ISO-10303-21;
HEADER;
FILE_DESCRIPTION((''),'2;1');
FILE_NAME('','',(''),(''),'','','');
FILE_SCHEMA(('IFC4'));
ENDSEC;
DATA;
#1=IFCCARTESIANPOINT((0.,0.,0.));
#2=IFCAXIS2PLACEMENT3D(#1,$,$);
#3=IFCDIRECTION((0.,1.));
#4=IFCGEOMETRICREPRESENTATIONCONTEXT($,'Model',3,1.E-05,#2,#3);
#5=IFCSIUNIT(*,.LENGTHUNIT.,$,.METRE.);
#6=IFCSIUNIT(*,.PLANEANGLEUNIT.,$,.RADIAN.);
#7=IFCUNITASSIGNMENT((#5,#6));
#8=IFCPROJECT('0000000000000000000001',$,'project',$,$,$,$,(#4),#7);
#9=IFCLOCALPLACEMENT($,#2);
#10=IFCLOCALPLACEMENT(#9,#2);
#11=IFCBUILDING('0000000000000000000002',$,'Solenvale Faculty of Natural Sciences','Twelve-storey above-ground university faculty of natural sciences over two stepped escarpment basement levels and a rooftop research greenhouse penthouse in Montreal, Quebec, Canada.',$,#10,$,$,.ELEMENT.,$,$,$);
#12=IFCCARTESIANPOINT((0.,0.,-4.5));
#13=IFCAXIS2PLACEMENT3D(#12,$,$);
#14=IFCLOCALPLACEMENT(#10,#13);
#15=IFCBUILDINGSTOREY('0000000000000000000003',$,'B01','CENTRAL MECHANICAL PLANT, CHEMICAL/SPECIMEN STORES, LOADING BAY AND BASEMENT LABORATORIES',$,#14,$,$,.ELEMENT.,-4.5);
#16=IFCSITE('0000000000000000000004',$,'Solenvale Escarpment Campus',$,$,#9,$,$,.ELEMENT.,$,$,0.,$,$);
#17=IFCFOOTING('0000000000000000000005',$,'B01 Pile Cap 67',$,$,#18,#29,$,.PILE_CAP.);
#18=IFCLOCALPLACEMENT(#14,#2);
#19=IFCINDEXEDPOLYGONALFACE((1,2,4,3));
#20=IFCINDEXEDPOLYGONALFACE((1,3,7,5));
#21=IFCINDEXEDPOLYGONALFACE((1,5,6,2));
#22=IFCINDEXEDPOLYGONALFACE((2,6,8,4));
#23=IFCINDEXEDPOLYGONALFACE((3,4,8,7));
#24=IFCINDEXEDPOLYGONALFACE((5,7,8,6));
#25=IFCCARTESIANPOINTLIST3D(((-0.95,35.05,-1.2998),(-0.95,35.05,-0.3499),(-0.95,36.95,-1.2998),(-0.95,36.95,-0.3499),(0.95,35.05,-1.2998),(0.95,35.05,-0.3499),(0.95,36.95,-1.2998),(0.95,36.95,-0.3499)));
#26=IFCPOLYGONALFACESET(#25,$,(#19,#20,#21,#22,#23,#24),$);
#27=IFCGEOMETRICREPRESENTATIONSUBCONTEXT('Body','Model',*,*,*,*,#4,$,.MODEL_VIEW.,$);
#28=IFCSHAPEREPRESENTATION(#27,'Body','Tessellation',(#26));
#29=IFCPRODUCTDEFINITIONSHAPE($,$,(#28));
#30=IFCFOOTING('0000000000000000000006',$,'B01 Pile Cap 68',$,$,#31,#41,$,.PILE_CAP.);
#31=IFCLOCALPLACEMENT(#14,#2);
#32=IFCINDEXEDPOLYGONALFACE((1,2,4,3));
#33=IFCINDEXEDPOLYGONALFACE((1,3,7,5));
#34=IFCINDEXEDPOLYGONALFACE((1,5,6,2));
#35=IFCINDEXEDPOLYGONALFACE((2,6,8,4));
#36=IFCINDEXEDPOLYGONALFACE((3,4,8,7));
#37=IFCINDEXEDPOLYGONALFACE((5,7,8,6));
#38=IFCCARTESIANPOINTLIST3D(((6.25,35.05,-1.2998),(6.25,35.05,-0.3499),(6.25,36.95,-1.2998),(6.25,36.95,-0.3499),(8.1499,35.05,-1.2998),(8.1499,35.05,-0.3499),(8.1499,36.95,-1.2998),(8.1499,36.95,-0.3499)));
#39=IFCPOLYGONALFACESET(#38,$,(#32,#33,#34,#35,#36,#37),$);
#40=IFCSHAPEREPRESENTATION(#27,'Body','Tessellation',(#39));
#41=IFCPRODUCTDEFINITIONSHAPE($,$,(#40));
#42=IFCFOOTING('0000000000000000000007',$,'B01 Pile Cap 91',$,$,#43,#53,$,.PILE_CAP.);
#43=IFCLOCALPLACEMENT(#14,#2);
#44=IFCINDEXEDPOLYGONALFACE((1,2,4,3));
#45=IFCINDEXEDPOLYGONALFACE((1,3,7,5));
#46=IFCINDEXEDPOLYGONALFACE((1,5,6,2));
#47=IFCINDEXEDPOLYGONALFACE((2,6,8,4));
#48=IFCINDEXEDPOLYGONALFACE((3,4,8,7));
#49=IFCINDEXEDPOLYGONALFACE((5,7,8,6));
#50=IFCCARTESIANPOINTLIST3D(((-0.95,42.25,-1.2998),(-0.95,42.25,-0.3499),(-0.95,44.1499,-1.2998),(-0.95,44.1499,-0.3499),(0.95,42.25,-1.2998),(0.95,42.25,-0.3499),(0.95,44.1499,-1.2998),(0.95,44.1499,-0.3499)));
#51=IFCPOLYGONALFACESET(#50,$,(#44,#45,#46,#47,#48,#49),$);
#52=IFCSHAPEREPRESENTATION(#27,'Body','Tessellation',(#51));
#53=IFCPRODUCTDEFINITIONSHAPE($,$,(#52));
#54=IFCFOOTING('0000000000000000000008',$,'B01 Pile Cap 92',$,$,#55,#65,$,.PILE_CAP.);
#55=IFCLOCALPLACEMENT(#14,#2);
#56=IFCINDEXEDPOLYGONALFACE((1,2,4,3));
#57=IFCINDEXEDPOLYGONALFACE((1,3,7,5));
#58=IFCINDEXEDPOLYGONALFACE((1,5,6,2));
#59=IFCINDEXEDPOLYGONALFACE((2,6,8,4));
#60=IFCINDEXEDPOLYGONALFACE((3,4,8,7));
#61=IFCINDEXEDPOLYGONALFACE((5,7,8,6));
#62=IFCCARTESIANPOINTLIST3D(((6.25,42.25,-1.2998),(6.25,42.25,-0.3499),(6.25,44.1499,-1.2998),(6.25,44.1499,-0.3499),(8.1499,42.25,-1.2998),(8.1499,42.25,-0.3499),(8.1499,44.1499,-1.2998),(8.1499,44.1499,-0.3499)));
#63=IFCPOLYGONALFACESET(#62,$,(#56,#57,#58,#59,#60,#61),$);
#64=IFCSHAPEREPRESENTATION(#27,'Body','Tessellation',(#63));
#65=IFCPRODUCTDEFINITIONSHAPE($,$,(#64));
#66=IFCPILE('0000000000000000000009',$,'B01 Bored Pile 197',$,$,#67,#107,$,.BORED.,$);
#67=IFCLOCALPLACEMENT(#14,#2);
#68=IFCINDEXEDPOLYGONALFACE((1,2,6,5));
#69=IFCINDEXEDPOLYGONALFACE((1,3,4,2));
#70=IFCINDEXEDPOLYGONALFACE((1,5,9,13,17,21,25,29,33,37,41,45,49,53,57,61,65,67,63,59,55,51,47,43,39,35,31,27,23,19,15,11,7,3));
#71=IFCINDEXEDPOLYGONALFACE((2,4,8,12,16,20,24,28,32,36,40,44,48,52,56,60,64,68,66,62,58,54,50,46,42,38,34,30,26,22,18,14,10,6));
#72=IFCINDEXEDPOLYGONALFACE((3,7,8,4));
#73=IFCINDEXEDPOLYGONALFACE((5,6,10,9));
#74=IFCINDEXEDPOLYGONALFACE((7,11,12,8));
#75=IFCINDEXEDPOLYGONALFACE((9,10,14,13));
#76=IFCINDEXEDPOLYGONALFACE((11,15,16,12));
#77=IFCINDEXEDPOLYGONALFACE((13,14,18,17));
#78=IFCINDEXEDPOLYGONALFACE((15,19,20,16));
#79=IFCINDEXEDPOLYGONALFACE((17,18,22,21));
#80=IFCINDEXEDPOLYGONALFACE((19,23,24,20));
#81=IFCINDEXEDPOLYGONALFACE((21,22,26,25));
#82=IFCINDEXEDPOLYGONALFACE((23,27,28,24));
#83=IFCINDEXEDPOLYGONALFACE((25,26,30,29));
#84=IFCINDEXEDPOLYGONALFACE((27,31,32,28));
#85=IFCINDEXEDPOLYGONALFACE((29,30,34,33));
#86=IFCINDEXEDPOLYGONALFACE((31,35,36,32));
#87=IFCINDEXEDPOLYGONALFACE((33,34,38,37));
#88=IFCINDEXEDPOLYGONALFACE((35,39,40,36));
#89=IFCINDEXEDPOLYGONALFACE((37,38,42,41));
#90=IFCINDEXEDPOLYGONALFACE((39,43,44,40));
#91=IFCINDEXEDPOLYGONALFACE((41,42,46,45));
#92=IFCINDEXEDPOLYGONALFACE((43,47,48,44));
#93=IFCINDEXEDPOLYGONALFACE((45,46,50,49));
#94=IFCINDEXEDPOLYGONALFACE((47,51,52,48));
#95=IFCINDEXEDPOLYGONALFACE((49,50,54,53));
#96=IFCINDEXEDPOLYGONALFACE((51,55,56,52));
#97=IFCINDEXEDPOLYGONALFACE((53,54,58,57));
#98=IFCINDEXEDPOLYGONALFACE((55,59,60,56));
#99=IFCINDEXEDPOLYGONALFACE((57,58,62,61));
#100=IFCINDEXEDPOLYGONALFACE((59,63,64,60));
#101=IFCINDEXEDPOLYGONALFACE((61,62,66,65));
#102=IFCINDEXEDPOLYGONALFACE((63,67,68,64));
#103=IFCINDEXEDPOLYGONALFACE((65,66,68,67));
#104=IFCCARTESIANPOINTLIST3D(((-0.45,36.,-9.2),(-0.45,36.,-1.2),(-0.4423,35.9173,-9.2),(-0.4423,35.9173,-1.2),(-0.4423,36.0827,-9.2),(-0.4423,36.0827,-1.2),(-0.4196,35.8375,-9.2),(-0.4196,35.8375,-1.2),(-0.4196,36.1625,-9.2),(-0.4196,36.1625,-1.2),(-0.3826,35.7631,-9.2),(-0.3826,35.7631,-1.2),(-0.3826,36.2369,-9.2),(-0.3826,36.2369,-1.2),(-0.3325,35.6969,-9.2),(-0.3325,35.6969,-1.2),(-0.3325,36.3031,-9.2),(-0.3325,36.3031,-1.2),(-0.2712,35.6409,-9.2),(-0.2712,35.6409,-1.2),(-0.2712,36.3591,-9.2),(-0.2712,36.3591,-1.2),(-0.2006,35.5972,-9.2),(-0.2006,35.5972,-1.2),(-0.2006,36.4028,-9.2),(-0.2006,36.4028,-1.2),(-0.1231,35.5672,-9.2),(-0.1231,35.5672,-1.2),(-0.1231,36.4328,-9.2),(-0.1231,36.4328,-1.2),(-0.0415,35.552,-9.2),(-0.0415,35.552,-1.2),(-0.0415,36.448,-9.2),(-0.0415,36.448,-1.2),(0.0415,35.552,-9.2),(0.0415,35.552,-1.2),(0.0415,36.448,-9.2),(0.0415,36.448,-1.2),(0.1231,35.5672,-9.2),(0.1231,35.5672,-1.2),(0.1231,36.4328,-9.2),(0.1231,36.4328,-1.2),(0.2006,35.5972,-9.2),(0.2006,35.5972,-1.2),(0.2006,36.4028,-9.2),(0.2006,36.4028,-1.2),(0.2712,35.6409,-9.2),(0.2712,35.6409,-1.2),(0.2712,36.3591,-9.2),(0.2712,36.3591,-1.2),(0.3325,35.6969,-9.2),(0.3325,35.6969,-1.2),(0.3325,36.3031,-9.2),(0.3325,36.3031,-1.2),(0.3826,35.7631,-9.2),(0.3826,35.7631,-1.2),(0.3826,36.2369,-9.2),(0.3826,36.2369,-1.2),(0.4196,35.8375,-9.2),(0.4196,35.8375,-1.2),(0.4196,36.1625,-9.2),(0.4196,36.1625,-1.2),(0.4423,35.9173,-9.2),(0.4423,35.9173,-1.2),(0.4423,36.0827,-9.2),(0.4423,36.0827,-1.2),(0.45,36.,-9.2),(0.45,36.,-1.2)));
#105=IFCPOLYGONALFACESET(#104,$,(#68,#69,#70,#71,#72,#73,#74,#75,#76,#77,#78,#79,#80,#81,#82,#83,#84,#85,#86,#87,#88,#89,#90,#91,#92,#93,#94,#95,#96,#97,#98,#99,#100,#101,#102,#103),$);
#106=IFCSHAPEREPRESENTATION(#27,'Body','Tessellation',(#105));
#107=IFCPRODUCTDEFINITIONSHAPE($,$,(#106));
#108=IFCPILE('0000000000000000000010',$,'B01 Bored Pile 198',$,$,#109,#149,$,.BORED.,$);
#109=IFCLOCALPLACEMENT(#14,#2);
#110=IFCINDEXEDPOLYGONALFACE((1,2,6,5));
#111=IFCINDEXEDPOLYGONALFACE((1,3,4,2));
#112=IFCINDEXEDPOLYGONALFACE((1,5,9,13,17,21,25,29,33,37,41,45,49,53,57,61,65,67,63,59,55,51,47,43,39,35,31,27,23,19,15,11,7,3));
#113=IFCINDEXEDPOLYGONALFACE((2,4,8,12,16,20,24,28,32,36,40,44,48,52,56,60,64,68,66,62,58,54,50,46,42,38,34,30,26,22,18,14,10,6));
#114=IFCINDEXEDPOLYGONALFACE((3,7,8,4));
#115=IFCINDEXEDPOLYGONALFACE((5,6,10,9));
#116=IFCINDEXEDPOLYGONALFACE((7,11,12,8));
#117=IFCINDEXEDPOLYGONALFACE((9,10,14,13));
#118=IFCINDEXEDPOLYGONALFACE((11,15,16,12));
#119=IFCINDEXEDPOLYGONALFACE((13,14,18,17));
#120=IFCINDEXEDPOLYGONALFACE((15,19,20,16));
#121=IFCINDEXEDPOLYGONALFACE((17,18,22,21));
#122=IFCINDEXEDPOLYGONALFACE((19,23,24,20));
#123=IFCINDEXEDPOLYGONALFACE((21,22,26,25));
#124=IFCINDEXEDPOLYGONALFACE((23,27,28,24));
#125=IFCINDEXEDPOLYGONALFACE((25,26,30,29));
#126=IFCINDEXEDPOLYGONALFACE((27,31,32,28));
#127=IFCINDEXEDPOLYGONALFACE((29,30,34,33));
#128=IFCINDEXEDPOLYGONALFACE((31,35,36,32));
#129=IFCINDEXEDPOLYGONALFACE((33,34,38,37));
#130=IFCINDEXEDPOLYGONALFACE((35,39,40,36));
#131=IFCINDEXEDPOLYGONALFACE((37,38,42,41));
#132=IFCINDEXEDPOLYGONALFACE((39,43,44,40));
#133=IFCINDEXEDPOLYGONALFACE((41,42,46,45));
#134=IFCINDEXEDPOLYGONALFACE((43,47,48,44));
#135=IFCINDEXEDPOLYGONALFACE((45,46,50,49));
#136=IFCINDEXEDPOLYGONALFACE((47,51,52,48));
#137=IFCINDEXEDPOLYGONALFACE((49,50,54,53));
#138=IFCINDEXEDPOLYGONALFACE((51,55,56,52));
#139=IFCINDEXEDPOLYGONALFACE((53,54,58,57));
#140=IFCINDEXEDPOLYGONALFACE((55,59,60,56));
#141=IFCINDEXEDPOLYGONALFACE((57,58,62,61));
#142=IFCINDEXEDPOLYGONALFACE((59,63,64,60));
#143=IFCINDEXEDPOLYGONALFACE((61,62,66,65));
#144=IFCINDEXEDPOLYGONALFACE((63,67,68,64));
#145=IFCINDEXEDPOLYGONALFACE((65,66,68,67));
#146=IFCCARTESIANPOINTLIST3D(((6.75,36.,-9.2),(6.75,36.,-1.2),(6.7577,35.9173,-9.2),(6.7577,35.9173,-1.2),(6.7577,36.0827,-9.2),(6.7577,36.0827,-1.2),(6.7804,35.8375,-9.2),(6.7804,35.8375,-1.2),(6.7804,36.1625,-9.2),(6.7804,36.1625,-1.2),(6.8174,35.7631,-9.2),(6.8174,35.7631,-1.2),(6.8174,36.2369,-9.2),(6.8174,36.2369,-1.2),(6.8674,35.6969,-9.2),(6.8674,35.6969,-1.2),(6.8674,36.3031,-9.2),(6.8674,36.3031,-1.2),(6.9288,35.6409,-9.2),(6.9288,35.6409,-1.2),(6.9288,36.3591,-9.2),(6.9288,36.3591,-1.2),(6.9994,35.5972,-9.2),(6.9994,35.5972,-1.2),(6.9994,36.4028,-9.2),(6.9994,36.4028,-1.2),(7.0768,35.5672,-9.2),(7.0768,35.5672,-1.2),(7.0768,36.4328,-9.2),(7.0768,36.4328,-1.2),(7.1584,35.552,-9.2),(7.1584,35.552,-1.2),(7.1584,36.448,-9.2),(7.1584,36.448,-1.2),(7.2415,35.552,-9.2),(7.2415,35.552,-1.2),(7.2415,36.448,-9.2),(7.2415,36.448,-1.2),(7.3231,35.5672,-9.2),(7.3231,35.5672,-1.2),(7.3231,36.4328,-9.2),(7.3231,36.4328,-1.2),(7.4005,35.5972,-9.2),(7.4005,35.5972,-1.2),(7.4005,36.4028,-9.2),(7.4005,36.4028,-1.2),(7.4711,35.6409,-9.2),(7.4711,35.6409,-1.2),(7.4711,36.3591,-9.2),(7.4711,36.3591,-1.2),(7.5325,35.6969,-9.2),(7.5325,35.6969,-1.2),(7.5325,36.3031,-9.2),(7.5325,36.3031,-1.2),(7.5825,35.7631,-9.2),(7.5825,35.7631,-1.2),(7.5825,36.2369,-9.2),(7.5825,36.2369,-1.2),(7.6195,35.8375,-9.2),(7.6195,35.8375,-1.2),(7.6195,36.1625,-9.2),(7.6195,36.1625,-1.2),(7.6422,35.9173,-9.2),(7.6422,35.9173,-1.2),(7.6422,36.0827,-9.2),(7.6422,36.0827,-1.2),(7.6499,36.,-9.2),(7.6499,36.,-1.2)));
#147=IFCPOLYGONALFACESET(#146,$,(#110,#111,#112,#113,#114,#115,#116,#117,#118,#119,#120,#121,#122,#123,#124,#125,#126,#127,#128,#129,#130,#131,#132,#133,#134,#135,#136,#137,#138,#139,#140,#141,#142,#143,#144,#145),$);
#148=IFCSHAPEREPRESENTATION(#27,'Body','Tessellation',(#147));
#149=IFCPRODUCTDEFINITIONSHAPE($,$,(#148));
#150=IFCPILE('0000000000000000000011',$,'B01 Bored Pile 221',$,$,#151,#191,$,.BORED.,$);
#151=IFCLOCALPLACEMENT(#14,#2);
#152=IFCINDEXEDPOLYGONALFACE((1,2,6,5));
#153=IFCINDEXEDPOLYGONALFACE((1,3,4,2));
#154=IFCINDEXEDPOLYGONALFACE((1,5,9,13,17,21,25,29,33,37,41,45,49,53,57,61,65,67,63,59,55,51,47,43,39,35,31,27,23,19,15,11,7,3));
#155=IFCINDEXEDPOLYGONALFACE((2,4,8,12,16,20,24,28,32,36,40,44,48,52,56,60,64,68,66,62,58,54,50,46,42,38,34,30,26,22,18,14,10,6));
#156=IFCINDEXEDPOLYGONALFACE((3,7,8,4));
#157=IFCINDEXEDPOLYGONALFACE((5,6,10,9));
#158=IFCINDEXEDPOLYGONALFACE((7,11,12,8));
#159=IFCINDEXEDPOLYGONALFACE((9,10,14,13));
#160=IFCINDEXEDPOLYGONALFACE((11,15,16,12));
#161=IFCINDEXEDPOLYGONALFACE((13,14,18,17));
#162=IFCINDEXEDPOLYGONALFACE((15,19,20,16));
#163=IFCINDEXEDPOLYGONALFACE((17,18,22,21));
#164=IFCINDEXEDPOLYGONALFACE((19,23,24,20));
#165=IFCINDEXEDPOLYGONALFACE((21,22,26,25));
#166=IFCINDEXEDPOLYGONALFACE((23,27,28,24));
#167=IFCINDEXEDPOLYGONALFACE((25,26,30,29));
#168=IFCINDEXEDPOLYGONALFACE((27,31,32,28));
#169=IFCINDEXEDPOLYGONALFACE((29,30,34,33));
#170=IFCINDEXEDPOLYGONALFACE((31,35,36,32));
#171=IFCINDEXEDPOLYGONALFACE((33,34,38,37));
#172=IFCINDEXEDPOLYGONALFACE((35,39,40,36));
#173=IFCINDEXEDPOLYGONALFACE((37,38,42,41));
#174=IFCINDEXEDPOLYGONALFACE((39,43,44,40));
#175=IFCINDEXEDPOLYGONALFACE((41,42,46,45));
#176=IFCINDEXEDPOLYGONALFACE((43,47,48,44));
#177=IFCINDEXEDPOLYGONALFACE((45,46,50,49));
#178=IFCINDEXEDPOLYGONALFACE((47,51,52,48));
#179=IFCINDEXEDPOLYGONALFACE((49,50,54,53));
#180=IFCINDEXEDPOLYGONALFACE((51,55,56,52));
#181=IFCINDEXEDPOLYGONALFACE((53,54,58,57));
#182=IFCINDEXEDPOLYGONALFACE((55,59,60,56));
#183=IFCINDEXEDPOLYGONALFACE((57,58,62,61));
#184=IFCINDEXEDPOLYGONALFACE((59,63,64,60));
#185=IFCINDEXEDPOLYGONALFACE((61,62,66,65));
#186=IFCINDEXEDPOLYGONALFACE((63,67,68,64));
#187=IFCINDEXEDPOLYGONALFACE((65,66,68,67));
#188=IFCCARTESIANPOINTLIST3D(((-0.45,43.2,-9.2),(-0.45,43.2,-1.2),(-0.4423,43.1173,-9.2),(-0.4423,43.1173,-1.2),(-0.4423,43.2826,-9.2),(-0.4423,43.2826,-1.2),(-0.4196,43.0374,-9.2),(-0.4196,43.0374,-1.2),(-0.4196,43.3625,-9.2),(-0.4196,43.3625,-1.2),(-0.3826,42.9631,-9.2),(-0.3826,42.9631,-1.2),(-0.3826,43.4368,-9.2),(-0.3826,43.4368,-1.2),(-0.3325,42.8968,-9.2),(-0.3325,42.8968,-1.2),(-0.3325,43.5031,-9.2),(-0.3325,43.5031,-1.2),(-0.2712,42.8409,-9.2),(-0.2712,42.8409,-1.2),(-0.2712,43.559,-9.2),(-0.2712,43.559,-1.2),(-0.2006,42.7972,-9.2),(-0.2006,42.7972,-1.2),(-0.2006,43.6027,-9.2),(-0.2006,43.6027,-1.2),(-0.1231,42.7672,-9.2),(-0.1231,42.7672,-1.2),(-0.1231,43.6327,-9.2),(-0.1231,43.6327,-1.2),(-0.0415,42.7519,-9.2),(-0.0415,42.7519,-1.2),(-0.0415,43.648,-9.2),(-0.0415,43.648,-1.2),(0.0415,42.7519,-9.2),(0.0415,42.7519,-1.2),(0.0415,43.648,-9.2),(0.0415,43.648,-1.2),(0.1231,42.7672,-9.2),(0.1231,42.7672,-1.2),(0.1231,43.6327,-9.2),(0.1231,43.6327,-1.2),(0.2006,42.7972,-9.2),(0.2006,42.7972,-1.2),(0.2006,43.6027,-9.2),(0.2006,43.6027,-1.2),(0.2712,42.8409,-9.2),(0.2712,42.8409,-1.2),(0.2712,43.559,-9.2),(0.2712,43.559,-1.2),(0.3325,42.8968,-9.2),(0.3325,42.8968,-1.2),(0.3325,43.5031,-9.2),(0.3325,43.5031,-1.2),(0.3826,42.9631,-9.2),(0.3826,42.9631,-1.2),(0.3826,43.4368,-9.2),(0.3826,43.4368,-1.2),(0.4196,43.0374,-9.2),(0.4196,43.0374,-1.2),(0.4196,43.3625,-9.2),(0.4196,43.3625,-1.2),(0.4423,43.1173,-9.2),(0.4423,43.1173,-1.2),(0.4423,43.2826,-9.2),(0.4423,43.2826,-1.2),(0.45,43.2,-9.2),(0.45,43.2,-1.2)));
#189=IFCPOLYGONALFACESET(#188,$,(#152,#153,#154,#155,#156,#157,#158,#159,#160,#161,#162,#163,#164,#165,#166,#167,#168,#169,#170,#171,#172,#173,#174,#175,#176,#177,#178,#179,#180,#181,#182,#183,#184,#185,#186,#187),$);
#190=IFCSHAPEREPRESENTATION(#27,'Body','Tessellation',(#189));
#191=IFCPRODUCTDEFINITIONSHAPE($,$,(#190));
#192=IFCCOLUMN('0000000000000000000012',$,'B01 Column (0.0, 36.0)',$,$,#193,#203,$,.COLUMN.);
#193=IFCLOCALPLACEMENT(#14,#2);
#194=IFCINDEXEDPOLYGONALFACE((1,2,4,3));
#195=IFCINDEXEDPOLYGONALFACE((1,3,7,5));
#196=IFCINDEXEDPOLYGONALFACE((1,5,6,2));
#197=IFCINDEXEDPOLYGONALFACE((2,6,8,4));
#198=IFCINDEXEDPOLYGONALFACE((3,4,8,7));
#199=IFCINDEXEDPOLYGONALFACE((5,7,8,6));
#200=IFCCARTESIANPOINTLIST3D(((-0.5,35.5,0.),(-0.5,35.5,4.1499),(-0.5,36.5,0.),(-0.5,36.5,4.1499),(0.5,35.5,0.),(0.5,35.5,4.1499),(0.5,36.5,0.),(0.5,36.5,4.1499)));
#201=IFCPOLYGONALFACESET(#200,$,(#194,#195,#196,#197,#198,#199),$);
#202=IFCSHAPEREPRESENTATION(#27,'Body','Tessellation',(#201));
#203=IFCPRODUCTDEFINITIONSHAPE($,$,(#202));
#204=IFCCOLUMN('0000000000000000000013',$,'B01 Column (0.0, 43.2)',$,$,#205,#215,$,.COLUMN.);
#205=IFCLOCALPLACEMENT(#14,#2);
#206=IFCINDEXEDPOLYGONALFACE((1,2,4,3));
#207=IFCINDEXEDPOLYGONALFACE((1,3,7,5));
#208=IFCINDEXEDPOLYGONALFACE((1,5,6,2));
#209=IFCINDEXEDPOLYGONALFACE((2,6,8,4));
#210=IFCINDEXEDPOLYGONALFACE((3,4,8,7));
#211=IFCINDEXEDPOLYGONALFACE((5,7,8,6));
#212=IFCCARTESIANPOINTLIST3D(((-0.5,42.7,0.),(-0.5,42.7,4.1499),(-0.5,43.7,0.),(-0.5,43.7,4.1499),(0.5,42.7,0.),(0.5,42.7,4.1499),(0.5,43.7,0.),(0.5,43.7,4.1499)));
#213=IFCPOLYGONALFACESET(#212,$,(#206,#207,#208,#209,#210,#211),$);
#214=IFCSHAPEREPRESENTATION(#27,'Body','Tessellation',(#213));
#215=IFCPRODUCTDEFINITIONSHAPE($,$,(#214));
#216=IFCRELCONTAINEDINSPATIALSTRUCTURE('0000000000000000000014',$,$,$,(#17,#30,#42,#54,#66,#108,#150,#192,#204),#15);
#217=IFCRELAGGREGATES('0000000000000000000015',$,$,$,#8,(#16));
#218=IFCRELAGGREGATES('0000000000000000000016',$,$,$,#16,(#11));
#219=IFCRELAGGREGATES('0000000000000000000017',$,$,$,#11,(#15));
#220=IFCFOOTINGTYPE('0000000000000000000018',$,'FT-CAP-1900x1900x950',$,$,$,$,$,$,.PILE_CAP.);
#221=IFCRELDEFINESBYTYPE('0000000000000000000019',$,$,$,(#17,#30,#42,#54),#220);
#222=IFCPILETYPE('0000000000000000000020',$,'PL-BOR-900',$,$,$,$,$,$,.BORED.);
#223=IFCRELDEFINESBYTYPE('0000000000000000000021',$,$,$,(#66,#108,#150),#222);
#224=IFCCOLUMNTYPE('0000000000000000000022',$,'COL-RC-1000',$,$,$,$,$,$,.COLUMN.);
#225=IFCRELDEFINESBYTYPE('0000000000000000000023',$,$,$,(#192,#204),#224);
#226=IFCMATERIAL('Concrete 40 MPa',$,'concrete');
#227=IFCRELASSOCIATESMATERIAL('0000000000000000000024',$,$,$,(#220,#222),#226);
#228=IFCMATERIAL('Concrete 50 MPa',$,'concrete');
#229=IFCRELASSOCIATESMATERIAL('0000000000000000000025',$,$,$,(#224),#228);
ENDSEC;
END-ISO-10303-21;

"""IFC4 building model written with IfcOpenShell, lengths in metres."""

from ifc_helpers import new_model, si_unit, direction, frame, origin, origin_2d, place, context, subcontext, project, spatial, rectangle, circle, extrude, material, material_profile, profile_set, type_object, element, save


model = new_model("IFC4")

# Units and contexts
model_context = context("Model", 3, precision=1e-05, world=origin(), true_north=direction((0.0, 1.0)))
body_context = subcontext(model_context, "Body", "Model", "MODEL_VIEW")
ifc_project = project(units=[si_unit("LENGTHUNIT", "METRE"), si_unit("PLANEANGLEUNIT", "RADIAN")], contexts=[model_context])

# Site, building, storey
site_placement = place(None, origin())
site = spatial("IfcSite", under=ifc_project, at=site_placement, Name="Solenvale Escarpment Campus", CompositionType="ELEMENT", RefElevation=0.0)
building_placement = place(site_placement, origin())
building = spatial("IfcBuilding", under=site, at=building_placement, Name="Solenvale Faculty of Natural Sciences", Description="Twelve-storey above-ground university faculty of natural sciences over two stepped escarpment basement levels and a rooftop research greenhouse penthouse in Montreal, Quebec, Canada.", CompositionType="ELEMENT")
storey_placement = place(building_placement, frame((0.0, 0.0, -4.5)))
storey = spatial("IfcBuildingStorey", under=building, at=storey_placement, Name="B01", Description="CENTRAL MECHANICAL PLANT, CHEMICAL/SPECIMEN STORES, LOADING BAY AND BASEMENT LABORATORIES", CompositionType="ELEMENT", Elevation=-4.5)

# Footings
ifc_material_1 = material(Name="Concrete 40 MPa", Category="concrete")
footing_type = type_object("IfcFootingType", Name="FT-CAP-1900x1900x950", PredefinedType="PILE_CAP", material=ifc_material_1)
for number, where, z_axis, x_axis, name in (
    (1, (0.0, 36.0, -1.2998), (0.0, 0.0, 1.0), (1.0, 0.0, 0.0), "B01 Pile Cap 67"),
    (2, (7.2, 36.0, -1.2998), (0.0, 0.0, 1.0), (1.0, 0.0, 0.0), "B01 Pile Cap 68"),
    (3, (0.0, 43.2, -1.2998), (0.0, 0.0, 1.0), (1.0, 0.0, 0.0), "B01 Pile Cap 91"),
    (4, (7.2, 43.2, -1.2998), (0.0, 0.0, 1.0), (1.0, 0.0, 0.0), "B01 Pile Cap 92"),
):
    element("IfcFooting", number, at=place(storey_placement, frame(where, z_axis=z_axis, x_axis=x_axis)), inside=storey, type_object=footing_type, Name=name, PredefinedType="PILE_CAP", context=body_context, shape_type="SweptSolid", body=[
        extrude(rectangle(XDim=1.8999, YDim=1.8999, at=origin_2d()), origin(), (0.0, 0.0, 1.0), 0.95),
    ])

# Piles
ifc_material_profile_1 = material_profile(ifc_material_1, circle(Radius=0.45, at=origin_2d()), Name="PILE-D900")
ifc_profile_set_1 = profile_set([ifc_material_profile_1], Name="Concrete 40 MPa")
pile_type = type_object("IfcPileType", Name="PL-BOR-900", PredefinedType="BORED", material=ifc_profile_set_1)
for number, where, z_axis, x_axis, name in (
    (5, (0.0, 36.0, -1.2), (0.0, 0.0, -1.0), (1.0, 0.0, 0.0), "B01 Bored Pile 197"),
    (6, (7.2, 36.0, -1.2), (0.0, 0.0, -1.0), (1.0, 0.0, 0.0), "B01 Bored Pile 198"),
    (7, (0.0, 43.2, -1.2), (0.0, 0.0, -1.0), (1.0, 0.0, 0.0), "B01 Bored Pile 221"),
):
    element("IfcPile", number, at=place(storey_placement, frame(where, z_axis=z_axis, x_axis=x_axis)), inside=storey, type_object=pile_type, Name=name, PredefinedType="BORED", context=body_context, shape_type="SweptSolid", body=[
        extrude(circle(Radius=0.45, at=origin_2d()), origin(), (0.0, 0.0, 1.0), 8.0),
    ])

# Columns
ifc_material_2 = material(Name="Concrete 50 MPa", Category="concrete")
ifc_material_profile_2 = material_profile(ifc_material_2, rectangle(XDim=1.0, YDim=1.0, at=origin_2d()), Name="RC-COL-1000x1000")
ifc_profile_set_2 = profile_set([ifc_material_profile_2], Name="Concrete 50 MPa")
column_type = type_object("IfcColumnType", Name="COL-RC-1000", PredefinedType="COLUMN", material=ifc_profile_set_2)
for number, where, z_axis, x_axis, name in (
    (8, (0.0, 36.0, 0.0), (0.0, 0.0, 1.0), (1.0, 0.0, 0.0), "B01 Column (0.0, 36.0)"),
    (9, (0.0, 43.2, 0.0), (0.0, 0.0, 1.0), (1.0, 0.0, 0.0), "B01 Column (0.0, 43.2)"),
):
    element("IfcColumn", number, at=place(storey_placement, frame(where, z_axis=z_axis, x_axis=x_axis)), inside=storey, type_object=column_type, Name=name, PredefinedType="COLUMN", context=body_context, shape_type="SweptSolid", body=[
        extrude(rectangle(XDim=1.0, YDim=1.0, at=origin_2d()), origin(), (0.0, 0.0, 1.0), 4.1499),
    ])

save(model, "model.ifc")
